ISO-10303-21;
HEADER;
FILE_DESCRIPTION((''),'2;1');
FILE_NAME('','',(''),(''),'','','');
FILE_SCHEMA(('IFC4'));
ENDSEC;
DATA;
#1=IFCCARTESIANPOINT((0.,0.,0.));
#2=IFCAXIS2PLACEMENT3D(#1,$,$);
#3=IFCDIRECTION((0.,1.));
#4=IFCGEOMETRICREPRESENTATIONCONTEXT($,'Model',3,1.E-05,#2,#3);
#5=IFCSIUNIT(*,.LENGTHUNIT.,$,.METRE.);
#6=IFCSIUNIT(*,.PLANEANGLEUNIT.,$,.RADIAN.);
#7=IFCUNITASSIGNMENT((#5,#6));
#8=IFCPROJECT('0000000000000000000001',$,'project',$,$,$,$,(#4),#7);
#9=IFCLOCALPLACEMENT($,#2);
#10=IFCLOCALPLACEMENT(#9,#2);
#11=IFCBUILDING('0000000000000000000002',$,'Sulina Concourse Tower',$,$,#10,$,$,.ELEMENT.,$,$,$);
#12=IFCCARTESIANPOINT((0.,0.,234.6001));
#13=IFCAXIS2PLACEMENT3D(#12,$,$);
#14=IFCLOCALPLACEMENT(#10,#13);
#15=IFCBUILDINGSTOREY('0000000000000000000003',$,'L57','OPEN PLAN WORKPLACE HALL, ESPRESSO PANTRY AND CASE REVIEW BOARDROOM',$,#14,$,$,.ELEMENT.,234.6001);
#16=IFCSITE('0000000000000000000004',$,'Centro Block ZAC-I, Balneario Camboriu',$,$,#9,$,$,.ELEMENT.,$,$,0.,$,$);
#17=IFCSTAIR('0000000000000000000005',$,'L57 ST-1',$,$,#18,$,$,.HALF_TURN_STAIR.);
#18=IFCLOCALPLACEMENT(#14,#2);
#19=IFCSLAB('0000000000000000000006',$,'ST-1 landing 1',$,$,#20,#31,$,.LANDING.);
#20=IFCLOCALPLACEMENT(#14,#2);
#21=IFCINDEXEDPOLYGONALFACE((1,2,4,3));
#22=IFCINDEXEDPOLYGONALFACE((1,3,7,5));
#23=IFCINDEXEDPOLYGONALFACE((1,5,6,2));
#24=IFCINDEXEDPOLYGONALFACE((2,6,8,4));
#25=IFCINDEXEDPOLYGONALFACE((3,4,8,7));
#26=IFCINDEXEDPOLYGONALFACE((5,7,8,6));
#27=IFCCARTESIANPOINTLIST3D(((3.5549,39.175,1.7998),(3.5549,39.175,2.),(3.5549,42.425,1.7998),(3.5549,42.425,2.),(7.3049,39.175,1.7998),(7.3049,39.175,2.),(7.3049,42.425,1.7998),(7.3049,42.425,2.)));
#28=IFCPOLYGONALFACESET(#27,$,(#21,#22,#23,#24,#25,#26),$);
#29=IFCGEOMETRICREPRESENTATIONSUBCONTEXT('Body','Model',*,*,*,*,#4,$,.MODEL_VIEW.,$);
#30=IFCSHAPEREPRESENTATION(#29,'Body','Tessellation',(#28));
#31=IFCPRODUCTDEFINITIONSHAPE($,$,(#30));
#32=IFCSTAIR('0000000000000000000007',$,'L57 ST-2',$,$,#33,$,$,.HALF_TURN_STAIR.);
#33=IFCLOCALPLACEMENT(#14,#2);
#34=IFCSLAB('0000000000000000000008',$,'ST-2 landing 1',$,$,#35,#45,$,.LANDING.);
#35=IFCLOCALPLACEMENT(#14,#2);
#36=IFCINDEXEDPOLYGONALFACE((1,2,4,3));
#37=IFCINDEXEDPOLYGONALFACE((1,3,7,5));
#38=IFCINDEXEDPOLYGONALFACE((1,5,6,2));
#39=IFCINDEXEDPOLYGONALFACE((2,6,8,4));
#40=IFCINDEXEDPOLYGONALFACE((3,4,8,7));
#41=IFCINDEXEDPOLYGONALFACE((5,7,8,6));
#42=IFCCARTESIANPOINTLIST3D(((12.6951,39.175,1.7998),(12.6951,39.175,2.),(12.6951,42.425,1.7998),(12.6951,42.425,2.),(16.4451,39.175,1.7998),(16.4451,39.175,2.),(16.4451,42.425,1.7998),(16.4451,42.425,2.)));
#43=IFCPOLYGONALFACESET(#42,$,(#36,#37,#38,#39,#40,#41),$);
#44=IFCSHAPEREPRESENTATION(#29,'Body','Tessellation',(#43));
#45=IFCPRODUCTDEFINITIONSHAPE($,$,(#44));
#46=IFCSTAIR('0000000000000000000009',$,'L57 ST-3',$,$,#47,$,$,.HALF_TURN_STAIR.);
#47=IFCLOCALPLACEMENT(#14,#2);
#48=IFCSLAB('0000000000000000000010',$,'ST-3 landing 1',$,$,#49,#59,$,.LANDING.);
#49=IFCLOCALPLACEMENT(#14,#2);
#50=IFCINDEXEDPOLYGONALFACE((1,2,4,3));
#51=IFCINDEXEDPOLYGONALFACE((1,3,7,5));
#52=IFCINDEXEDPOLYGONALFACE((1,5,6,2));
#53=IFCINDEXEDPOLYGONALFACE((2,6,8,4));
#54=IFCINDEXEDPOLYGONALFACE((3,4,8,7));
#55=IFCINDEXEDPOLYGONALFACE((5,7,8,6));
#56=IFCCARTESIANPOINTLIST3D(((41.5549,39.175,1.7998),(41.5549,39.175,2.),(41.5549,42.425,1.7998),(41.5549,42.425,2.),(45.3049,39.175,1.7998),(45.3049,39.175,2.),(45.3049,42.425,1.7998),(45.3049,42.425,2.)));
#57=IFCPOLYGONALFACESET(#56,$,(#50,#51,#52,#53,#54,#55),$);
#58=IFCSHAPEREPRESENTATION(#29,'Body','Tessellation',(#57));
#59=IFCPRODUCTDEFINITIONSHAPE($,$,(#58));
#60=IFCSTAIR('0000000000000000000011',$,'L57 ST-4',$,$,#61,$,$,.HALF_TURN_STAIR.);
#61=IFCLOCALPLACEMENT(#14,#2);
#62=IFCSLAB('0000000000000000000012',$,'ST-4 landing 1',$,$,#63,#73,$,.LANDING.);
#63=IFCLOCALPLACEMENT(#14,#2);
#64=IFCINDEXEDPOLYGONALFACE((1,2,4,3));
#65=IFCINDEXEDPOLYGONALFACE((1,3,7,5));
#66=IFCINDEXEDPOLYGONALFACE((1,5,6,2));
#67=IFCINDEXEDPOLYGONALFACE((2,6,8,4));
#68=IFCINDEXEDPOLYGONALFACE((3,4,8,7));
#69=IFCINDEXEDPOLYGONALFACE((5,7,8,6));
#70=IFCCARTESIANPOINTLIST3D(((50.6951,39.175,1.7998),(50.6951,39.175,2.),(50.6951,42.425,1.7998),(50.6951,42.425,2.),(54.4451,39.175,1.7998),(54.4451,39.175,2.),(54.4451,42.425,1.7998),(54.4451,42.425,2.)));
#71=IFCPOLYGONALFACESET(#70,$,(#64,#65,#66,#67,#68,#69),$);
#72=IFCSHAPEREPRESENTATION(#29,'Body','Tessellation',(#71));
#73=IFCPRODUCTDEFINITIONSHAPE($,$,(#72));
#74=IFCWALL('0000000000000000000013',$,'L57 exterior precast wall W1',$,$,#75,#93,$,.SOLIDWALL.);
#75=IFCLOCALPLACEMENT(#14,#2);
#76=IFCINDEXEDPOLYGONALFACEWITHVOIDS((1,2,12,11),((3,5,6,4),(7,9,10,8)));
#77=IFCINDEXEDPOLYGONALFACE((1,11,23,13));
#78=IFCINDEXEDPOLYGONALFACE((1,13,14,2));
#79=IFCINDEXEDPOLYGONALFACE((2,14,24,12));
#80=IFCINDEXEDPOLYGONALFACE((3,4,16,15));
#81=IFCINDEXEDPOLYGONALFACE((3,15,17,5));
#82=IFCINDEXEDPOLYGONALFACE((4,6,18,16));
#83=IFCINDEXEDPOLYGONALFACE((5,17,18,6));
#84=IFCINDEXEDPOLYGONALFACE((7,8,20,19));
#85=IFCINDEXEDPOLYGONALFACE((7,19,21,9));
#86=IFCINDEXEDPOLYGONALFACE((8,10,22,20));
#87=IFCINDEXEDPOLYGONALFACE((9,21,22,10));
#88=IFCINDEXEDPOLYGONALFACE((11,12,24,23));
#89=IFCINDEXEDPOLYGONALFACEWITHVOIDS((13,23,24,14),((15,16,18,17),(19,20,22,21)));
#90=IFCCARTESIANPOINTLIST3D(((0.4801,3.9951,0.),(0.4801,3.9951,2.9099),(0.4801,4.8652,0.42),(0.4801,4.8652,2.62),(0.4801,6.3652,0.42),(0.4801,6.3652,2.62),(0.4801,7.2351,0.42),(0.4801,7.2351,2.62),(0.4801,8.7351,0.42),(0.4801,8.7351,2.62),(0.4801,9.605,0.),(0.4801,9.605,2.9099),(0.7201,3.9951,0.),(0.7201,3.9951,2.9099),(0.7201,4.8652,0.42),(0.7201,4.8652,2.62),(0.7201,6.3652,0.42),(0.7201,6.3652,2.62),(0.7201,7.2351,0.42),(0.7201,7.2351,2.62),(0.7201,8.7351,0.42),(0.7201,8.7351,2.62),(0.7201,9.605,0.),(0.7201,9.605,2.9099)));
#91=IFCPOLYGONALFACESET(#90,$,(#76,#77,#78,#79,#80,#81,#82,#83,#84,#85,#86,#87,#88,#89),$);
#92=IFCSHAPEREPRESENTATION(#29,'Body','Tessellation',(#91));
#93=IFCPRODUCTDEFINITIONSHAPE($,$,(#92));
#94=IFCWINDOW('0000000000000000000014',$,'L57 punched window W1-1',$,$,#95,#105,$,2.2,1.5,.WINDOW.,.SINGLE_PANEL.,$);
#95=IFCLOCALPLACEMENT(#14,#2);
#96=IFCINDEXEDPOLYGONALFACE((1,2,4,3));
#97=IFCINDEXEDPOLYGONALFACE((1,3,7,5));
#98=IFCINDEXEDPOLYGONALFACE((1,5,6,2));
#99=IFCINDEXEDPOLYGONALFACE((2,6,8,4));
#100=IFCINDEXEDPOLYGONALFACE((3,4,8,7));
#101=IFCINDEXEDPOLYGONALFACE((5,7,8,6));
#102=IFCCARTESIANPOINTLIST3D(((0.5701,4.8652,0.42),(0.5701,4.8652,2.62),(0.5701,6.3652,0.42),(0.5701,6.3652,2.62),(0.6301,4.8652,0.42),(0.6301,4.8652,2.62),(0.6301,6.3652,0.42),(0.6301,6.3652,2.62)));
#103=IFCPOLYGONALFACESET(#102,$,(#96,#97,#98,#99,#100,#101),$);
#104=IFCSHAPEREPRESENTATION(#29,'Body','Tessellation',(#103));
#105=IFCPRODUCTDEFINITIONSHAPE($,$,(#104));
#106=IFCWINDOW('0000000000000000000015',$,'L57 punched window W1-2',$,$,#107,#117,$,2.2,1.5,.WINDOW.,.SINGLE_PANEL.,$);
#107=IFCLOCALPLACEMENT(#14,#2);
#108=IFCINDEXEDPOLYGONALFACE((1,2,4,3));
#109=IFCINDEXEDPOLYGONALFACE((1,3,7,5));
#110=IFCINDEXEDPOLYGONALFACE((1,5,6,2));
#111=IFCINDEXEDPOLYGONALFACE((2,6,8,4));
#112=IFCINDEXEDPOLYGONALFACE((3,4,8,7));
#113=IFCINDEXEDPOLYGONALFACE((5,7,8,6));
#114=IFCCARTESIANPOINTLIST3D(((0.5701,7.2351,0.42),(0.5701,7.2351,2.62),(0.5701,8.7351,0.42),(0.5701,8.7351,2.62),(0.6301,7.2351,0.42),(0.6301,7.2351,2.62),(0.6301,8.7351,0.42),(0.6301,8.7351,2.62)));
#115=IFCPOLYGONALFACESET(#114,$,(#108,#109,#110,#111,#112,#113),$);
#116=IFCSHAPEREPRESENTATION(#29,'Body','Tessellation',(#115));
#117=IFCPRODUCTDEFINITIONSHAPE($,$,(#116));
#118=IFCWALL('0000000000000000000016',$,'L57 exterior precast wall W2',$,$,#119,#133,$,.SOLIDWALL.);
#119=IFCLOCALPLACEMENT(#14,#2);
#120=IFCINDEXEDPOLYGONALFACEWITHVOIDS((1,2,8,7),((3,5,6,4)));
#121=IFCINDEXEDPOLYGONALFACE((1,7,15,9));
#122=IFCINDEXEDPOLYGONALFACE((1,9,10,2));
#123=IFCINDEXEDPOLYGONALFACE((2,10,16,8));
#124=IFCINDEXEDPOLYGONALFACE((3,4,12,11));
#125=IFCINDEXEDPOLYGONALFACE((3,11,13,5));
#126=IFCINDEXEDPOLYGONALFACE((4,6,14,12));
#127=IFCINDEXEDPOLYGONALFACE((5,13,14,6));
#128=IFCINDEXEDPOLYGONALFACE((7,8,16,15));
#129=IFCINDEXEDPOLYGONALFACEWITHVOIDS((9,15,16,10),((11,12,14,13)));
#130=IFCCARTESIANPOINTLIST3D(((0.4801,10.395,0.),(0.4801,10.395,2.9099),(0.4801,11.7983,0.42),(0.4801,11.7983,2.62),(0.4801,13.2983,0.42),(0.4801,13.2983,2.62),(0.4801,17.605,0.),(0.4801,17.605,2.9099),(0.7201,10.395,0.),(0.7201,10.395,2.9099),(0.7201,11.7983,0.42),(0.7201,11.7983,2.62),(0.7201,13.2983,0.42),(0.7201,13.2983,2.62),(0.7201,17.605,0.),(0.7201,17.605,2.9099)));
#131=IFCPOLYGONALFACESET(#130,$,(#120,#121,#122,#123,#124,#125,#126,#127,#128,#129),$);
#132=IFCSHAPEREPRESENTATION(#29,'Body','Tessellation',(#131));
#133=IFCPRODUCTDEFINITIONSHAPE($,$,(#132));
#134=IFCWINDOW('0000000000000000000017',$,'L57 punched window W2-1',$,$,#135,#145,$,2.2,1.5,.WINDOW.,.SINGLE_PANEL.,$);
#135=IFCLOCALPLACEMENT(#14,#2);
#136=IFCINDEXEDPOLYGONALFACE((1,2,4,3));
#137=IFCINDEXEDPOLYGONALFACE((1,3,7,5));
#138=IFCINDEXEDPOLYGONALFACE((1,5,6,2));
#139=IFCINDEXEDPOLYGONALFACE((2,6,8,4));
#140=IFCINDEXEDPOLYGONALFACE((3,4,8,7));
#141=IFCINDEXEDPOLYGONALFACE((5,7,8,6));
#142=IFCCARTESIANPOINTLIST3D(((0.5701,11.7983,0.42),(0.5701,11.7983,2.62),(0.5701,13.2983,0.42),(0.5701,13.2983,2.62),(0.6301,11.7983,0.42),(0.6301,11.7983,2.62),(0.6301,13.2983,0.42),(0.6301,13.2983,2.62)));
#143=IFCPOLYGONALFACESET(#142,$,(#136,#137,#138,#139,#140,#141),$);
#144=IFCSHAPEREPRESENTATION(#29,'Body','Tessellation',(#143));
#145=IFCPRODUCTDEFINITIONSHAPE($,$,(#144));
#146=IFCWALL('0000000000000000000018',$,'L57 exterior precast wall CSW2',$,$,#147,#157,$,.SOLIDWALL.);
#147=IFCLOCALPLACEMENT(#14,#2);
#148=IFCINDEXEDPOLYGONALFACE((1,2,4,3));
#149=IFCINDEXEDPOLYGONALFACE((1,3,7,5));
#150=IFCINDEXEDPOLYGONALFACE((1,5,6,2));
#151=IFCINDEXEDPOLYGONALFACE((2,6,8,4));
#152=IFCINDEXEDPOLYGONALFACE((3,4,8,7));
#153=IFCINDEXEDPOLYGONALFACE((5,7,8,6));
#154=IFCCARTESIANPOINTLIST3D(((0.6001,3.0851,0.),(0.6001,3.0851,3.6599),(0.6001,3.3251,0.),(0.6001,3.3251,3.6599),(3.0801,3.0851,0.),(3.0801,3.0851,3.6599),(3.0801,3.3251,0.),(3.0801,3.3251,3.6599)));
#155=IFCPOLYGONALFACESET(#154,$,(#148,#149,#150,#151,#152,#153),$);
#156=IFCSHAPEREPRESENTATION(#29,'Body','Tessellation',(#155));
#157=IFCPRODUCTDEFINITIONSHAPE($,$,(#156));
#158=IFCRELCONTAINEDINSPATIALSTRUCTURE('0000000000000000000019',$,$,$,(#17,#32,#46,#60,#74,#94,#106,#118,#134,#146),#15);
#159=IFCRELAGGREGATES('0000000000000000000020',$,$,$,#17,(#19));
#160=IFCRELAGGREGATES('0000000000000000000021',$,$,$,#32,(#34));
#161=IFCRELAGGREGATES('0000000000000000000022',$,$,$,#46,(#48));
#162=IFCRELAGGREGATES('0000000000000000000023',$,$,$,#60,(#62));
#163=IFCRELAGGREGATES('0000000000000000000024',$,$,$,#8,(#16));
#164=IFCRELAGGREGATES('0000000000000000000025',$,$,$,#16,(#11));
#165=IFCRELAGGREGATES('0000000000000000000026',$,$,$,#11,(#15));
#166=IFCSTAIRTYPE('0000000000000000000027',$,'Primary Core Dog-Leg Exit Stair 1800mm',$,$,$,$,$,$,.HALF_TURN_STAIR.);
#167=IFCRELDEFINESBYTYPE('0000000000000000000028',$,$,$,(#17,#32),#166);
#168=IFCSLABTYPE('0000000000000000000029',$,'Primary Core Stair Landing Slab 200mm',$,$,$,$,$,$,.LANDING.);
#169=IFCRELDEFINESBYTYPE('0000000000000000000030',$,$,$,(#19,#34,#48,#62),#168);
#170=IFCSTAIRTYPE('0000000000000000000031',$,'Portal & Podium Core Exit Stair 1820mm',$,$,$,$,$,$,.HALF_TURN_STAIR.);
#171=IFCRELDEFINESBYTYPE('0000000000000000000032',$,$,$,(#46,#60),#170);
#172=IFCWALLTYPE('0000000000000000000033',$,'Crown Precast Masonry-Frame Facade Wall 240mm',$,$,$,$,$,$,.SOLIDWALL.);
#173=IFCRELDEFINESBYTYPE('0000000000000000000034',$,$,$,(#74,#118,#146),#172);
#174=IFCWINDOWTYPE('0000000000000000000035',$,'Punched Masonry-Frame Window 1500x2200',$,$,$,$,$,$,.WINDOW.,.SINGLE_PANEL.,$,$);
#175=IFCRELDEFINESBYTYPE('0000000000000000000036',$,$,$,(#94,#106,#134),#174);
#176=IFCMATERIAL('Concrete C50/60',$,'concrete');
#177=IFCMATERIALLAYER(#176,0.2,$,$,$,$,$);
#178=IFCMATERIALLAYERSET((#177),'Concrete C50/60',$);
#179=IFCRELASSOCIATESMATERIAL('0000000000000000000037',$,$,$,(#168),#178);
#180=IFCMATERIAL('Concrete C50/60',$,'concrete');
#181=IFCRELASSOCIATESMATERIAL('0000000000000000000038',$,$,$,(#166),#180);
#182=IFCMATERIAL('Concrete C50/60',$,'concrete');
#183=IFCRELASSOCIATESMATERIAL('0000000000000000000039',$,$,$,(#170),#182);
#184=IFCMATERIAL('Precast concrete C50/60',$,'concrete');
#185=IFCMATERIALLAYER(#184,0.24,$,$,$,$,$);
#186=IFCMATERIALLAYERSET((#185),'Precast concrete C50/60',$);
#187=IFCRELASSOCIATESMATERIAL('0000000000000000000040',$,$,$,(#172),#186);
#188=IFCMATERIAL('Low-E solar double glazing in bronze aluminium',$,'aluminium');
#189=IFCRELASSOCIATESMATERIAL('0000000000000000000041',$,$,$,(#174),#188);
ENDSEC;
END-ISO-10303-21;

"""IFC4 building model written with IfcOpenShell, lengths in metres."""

from ifc_helpers import new_model, si_unit, direction, frame, frame_2d, origin, place, context, subcontext, project, spatial, polyline, rectangle, outline, extrude, material, layer, layer_set, type_object, element, fill, aggregate, save


model = new_model("IFC4")

# Units and contexts
model_context = context("Model", 3, precision=1e-05, world=origin(), true_north=direction((0.0, 1.0)))
body_context = subcontext(model_context, "Body", "Model", "MODEL_VIEW")
ifc_project = project(units=[si_unit("LENGTHUNIT", "METRE"), si_unit("PLANEANGLEUNIT", "RADIAN")], contexts=[model_context])

# Site, building, storey
site_placement = place(None, origin())
site = spatial("IfcSite", under=ifc_project, at=site_placement, Name="Centro Block ZAC-I, Balneario Camboriu", CompositionType="ELEMENT", RefElevation=0.0)
building_placement = place(site_placement, origin())
building = spatial("IfcBuilding", under=site, at=building_placement, Name="Sulina Concourse Tower", CompositionType="ELEMENT")
storey_placement = place(building_placement, frame((0.0, 0.0, 234.6001)))
storey = spatial("IfcBuildingStorey", under=building, at=storey_placement, Name="L57", Description="OPEN PLAN WORKPLACE HALL, ESPRESSO PANTRY AND CASE REVIEW BOARDROOM", CompositionType="ELEMENT", Elevation=234.6001)

# Shared definitions
ifc_material_1 = material(Name="Concrete C50/60", Category="concrete")
ifc_layer_1 = layer(ifc_material_1, 0.2)
ifc_layer_set_1 = layer_set([ifc_layer_1], Name="Concrete C50/60")
slab_type_1 = type_object("IfcSlabType", Name="Primary Core Stair Landing Slab 200mm", PredefinedType="LANDING", material=ifc_layer_set_1)

# Stairs, slabs
ifc_material_2 = material(Name="Concrete C50/60", Category="concrete")
stair_type_1 = type_object("IfcStairType", Name="Primary Core Dog-Leg Exit Stair 1800mm", PredefinedType="HALF_TURN_STAIR", material=ifc_material_2)
stair_1_placement = place(storey_placement, origin())
stair_1 = element("IfcStair", 1, at=stair_1_placement, inside=storey, type_object=stair_type_1, Name="L57 ST-1", PredefinedType="HALF_TURN_STAIR")
slab_1_placement = place(storey_placement, frame((0.0, 0.0, 1.7998)))
slab_1 = element("IfcSlab", 2, at=slab_1_placement, type_object=slab_type_1, Name="ST-1 landing 1", PredefinedType="LANDING", context=body_context, shape_type="SweptSolid", body=[
    extrude(outline(polyline([(7.3049, 39.175), (7.3049, 42.425), (3.5549, 42.425), (3.5549, 39.175), (7.3049, 39.175)])), origin(), (0.0, 0.0, 1.0), 0.2002),
])
aggregate(stair_1, [slab_1])
stair_2_placement = place(storey_placement, origin())
stair_2 = element("IfcStair", 3, at=stair_2_placement, inside=storey, type_object=stair_type_1, Name="L57 ST-2", PredefinedType="HALF_TURN_STAIR")
slab_2_placement = place(storey_placement, frame((0.0, 0.0, 1.7998)))
slab_2 = element("IfcSlab", 4, at=slab_2_placement, type_object=slab_type_1, Name="ST-2 landing 1", PredefinedType="LANDING", context=body_context, shape_type="SweptSolid", body=[
    extrude(outline(polyline([(16.4451, 39.175), (16.4451, 42.425), (12.6951, 42.425), (12.6951, 39.175), (16.4451, 39.175)])), origin(), (0.0, 0.0, 1.0), 0.2002),
])
aggregate(stair_2, [slab_2])
ifc_material_3 = material(Name="Concrete C50/60", Category="concrete")
stair_type_2 = type_object("IfcStairType", Name="Portal & Podium Core Exit Stair 1820mm", PredefinedType="HALF_TURN_STAIR", material=ifc_material_3)
stair_3_placement = place(storey_placement, origin())
stair_3 = element("IfcStair", 5, at=stair_3_placement, inside=storey, type_object=stair_type_2, Name="L57 ST-3", PredefinedType="HALF_TURN_STAIR")
slab_3_placement = place(storey_placement, frame((0.0, 0.0, 1.7998)))
slab_3 = element("IfcSlab", 6, at=slab_3_placement, type_object=slab_type_1, Name="ST-3 landing 1", PredefinedType="LANDING", context=body_context, shape_type="SweptSolid", body=[
    extrude(outline(polyline([(45.3049, 39.175), (45.3049, 42.425), (41.5549, 42.425), (41.5549, 39.175), (45.3049, 39.175)])), origin(), (0.0, 0.0, 1.0), 0.2002),
])
aggregate(stair_3, [slab_3])
stair_4_placement = place(storey_placement, origin())
stair_4 = element("IfcStair", 7, at=stair_4_placement, inside=storey, type_object=stair_type_2, Name="L57 ST-4", PredefinedType="HALF_TURN_STAIR")
slab_4_placement = place(storey_placement, frame((0.0, 0.0, 1.7998)))
slab_4 = element("IfcSlab", 8, at=slab_4_placement, type_object=slab_type_1, Name="ST-4 landing 1", PredefinedType="LANDING", context=body_context, shape_type="SweptSolid", body=[
    extrude(outline(polyline([(54.4451, 39.175), (54.4451, 42.425), (50.6951, 42.425), (50.6951, 39.175), (54.4451, 39.175)])), origin(), (0.0, 0.0, 1.0), 0.2002),
])
aggregate(stair_4, [slab_4])

# Wall, openings, windows
ifc_material_4 = material(Name="Precast concrete C50/60", Category="concrete")
ifc_layer_2 = layer(ifc_material_4, 0.24)
ifc_layer_set_2 = layer_set([ifc_layer_2], Name="Precast concrete C50/60")
wall_type = type_object("IfcWallType", Name="Crown Precast Masonry-Frame Facade Wall 240mm", PredefinedType="SOLIDWALL", material=ifc_layer_set_2)
wall_1_placement = place(storey_placement, frame((0.6001, 3.9951, 0.0), z_axis=(0.0, 0.0, 1.0), x_axis=(0.0, 1.0, 0.0)))
wall_1 = element("IfcWall", 9, at=wall_1_placement, inside=storey, type_object=wall_type, Name="L57 exterior precast wall W1", PredefinedType="SOLIDWALL", context=body_context, shape_type="SweptSolid", body=[
    extrude(rectangle(XDim=5.6099, YDim=0.24, at=frame_2d((2.8049, 0.0))), origin(), (0.0, 0.0, 1.0), 2.9099),
])
opening_1_placement = place(wall_1_placement, frame((0.8701, 0.0, 0.4199)))
opening_1 = element("IfcOpeningElement", 10, at=opening_1_placement, cuts=wall_1, PredefinedType="OPENING", context=body_context, shape_type="SweptSolid", body=[
    extrude(rectangle(XDim=1.5, YDim=2.2, at=frame_2d((0.75, 1.1001))), frame((0.0, 0.1299, 0.0), z_axis=(0.0, -1.0, 0.0), x_axis=(1.0, 0.0, 0.0)), (0.0, 0.0, 1.0), 0.26),
])
opening_2_placement = place(wall_1_placement, frame((3.24, 0.0, 0.4199)))
opening_2 = element("IfcOpeningElement", 11, at=opening_2_placement, cuts=wall_1, PredefinedType="OPENING", context=body_context, shape_type="SweptSolid", body=[
    extrude(rectangle(XDim=1.5, YDim=2.2, at=frame_2d((0.75, 1.1001))), frame((0.0, 0.1299, 0.0), z_axis=(0.0, -1.0, 0.0), x_axis=(1.0, 0.0, 0.0)), (0.0, 0.0, 1.0), 0.26),
])
ifc_material_5 = material(Name="Low-E solar double glazing in bronze aluminium", Category="aluminium")
window_type = type_object("IfcWindowType", Name="Punched Masonry-Frame Window 1500x2200", PartitioningType="SINGLE_PANEL", PredefinedType="WINDOW", material=ifc_material_5)
window_1_placement = place(opening_1_placement, origin())
window_1 = element("IfcWindow", 12, at=window_1_placement, inside=storey, type_object=window_type, Name="L57 punched window W1-1", OverallHeight=2.2, OverallWidth=1.5, PartitioningType="SINGLE_PANEL", PredefinedType="WINDOW", context=body_context, shape_type="SweptSolid", body=[
    extrude(rectangle(XDim=1.5, YDim=2.2, at=frame_2d((0.75, 1.1001))), frame((0.0, 0.03, 0.0), z_axis=(0.0, -1.0, 0.0), x_axis=(1.0, 0.0, 0.0)), (0.0, 0.0, 1.0), 0.0601),
])
fill(opening_1, window_1)
window_2_placement = place(opening_2_placement, origin())
window_2 = element("IfcWindow", 13, at=window_2_placement, inside=storey, type_object=window_type, Name="L57 punched window W1-2", OverallHeight=2.2, OverallWidth=1.5, PartitioningType="SINGLE_PANEL", PredefinedType="WINDOW", context=body_context, shape_type="SweptSolid", body=[
    extrude(rectangle(XDim=1.5, YDim=2.2, at=frame_2d((0.75, 1.1001))), frame((0.0, 0.03, 0.0), z_axis=(0.0, -1.0, 0.0), x_axis=(1.0, 0.0, 0.0)), (0.0, 0.0, 1.0), 0.0601),
])
fill(opening_2, window_2)

# Wall, opening, window
wall_2_placement = place(storey_placement, frame((0.6001, 10.395, 0.0), z_axis=(0.0, 0.0, 1.0), x_axis=(0.0, 1.0, 0.0)))
wall_2 = element("IfcWall", 14, at=wall_2_placement, inside=storey, type_object=wall_type, Name="L57 exterior precast wall W2", PredefinedType="SOLIDWALL", context=body_context, shape_type="SweptSolid", body=[
    extrude(rectangle(XDim=7.21, YDim=0.24, at=frame_2d((3.605, 0.0))), origin(), (0.0, 0.0, 1.0), 2.9099),
])
opening_3_placement = place(wall_2_placement, frame((1.4033, 0.0, 0.4199)))
opening_3 = element("IfcOpeningElement", 15, at=opening_3_placement, cuts=wall_2, PredefinedType="OPENING", context=body_context, shape_type="SweptSolid", body=[
    extrude(rectangle(XDim=1.5, YDim=2.2, at=frame_2d((0.75, 1.1001))), frame((0.0, 0.1299, 0.0), z_axis=(0.0, -1.0, 0.0), x_axis=(1.0, 0.0, 0.0)), (0.0, 0.0, 1.0), 0.26),
])
window_3_placement = place(opening_3_placement, origin())
window_3 = element("IfcWindow", 16, at=window_3_placement, inside=storey, type_object=window_type, Name="L57 punched window W2-1", OverallHeight=2.2, OverallWidth=1.5, PartitioningType="SINGLE_PANEL", PredefinedType="WINDOW", context=body_context, shape_type="SweptSolid", body=[
    extrude(rectangle(XDim=1.5, YDim=2.2, at=frame_2d((0.75, 1.1001))), frame((0.0, 0.03, 0.0), z_axis=(0.0, -1.0, 0.0), x_axis=(1.0, 0.0, 0.0)), (0.0, 0.0, 1.0), 0.0601),
])
fill(opening_3, window_3)

# Wall
wall_3_placement = place(storey_placement, frame((3.0801, 3.2051, 0.0), z_axis=(0.0, 0.0, 1.0), x_axis=(-1.0, 0.0, 0.0)))
element("IfcWall", 17, at=wall_3_placement, inside=storey, type_object=wall_type, Name="L57 exterior precast wall CSW2", PredefinedType="SOLIDWALL", context=body_context, shape_type="SweptSolid", body=[
    extrude(rectangle(XDim=2.48, YDim=0.24, at=frame_2d((1.24, 0.0))), origin(), (0.0, 0.0, 1.0), 3.6599),
])

save(model, "model.ifc")
